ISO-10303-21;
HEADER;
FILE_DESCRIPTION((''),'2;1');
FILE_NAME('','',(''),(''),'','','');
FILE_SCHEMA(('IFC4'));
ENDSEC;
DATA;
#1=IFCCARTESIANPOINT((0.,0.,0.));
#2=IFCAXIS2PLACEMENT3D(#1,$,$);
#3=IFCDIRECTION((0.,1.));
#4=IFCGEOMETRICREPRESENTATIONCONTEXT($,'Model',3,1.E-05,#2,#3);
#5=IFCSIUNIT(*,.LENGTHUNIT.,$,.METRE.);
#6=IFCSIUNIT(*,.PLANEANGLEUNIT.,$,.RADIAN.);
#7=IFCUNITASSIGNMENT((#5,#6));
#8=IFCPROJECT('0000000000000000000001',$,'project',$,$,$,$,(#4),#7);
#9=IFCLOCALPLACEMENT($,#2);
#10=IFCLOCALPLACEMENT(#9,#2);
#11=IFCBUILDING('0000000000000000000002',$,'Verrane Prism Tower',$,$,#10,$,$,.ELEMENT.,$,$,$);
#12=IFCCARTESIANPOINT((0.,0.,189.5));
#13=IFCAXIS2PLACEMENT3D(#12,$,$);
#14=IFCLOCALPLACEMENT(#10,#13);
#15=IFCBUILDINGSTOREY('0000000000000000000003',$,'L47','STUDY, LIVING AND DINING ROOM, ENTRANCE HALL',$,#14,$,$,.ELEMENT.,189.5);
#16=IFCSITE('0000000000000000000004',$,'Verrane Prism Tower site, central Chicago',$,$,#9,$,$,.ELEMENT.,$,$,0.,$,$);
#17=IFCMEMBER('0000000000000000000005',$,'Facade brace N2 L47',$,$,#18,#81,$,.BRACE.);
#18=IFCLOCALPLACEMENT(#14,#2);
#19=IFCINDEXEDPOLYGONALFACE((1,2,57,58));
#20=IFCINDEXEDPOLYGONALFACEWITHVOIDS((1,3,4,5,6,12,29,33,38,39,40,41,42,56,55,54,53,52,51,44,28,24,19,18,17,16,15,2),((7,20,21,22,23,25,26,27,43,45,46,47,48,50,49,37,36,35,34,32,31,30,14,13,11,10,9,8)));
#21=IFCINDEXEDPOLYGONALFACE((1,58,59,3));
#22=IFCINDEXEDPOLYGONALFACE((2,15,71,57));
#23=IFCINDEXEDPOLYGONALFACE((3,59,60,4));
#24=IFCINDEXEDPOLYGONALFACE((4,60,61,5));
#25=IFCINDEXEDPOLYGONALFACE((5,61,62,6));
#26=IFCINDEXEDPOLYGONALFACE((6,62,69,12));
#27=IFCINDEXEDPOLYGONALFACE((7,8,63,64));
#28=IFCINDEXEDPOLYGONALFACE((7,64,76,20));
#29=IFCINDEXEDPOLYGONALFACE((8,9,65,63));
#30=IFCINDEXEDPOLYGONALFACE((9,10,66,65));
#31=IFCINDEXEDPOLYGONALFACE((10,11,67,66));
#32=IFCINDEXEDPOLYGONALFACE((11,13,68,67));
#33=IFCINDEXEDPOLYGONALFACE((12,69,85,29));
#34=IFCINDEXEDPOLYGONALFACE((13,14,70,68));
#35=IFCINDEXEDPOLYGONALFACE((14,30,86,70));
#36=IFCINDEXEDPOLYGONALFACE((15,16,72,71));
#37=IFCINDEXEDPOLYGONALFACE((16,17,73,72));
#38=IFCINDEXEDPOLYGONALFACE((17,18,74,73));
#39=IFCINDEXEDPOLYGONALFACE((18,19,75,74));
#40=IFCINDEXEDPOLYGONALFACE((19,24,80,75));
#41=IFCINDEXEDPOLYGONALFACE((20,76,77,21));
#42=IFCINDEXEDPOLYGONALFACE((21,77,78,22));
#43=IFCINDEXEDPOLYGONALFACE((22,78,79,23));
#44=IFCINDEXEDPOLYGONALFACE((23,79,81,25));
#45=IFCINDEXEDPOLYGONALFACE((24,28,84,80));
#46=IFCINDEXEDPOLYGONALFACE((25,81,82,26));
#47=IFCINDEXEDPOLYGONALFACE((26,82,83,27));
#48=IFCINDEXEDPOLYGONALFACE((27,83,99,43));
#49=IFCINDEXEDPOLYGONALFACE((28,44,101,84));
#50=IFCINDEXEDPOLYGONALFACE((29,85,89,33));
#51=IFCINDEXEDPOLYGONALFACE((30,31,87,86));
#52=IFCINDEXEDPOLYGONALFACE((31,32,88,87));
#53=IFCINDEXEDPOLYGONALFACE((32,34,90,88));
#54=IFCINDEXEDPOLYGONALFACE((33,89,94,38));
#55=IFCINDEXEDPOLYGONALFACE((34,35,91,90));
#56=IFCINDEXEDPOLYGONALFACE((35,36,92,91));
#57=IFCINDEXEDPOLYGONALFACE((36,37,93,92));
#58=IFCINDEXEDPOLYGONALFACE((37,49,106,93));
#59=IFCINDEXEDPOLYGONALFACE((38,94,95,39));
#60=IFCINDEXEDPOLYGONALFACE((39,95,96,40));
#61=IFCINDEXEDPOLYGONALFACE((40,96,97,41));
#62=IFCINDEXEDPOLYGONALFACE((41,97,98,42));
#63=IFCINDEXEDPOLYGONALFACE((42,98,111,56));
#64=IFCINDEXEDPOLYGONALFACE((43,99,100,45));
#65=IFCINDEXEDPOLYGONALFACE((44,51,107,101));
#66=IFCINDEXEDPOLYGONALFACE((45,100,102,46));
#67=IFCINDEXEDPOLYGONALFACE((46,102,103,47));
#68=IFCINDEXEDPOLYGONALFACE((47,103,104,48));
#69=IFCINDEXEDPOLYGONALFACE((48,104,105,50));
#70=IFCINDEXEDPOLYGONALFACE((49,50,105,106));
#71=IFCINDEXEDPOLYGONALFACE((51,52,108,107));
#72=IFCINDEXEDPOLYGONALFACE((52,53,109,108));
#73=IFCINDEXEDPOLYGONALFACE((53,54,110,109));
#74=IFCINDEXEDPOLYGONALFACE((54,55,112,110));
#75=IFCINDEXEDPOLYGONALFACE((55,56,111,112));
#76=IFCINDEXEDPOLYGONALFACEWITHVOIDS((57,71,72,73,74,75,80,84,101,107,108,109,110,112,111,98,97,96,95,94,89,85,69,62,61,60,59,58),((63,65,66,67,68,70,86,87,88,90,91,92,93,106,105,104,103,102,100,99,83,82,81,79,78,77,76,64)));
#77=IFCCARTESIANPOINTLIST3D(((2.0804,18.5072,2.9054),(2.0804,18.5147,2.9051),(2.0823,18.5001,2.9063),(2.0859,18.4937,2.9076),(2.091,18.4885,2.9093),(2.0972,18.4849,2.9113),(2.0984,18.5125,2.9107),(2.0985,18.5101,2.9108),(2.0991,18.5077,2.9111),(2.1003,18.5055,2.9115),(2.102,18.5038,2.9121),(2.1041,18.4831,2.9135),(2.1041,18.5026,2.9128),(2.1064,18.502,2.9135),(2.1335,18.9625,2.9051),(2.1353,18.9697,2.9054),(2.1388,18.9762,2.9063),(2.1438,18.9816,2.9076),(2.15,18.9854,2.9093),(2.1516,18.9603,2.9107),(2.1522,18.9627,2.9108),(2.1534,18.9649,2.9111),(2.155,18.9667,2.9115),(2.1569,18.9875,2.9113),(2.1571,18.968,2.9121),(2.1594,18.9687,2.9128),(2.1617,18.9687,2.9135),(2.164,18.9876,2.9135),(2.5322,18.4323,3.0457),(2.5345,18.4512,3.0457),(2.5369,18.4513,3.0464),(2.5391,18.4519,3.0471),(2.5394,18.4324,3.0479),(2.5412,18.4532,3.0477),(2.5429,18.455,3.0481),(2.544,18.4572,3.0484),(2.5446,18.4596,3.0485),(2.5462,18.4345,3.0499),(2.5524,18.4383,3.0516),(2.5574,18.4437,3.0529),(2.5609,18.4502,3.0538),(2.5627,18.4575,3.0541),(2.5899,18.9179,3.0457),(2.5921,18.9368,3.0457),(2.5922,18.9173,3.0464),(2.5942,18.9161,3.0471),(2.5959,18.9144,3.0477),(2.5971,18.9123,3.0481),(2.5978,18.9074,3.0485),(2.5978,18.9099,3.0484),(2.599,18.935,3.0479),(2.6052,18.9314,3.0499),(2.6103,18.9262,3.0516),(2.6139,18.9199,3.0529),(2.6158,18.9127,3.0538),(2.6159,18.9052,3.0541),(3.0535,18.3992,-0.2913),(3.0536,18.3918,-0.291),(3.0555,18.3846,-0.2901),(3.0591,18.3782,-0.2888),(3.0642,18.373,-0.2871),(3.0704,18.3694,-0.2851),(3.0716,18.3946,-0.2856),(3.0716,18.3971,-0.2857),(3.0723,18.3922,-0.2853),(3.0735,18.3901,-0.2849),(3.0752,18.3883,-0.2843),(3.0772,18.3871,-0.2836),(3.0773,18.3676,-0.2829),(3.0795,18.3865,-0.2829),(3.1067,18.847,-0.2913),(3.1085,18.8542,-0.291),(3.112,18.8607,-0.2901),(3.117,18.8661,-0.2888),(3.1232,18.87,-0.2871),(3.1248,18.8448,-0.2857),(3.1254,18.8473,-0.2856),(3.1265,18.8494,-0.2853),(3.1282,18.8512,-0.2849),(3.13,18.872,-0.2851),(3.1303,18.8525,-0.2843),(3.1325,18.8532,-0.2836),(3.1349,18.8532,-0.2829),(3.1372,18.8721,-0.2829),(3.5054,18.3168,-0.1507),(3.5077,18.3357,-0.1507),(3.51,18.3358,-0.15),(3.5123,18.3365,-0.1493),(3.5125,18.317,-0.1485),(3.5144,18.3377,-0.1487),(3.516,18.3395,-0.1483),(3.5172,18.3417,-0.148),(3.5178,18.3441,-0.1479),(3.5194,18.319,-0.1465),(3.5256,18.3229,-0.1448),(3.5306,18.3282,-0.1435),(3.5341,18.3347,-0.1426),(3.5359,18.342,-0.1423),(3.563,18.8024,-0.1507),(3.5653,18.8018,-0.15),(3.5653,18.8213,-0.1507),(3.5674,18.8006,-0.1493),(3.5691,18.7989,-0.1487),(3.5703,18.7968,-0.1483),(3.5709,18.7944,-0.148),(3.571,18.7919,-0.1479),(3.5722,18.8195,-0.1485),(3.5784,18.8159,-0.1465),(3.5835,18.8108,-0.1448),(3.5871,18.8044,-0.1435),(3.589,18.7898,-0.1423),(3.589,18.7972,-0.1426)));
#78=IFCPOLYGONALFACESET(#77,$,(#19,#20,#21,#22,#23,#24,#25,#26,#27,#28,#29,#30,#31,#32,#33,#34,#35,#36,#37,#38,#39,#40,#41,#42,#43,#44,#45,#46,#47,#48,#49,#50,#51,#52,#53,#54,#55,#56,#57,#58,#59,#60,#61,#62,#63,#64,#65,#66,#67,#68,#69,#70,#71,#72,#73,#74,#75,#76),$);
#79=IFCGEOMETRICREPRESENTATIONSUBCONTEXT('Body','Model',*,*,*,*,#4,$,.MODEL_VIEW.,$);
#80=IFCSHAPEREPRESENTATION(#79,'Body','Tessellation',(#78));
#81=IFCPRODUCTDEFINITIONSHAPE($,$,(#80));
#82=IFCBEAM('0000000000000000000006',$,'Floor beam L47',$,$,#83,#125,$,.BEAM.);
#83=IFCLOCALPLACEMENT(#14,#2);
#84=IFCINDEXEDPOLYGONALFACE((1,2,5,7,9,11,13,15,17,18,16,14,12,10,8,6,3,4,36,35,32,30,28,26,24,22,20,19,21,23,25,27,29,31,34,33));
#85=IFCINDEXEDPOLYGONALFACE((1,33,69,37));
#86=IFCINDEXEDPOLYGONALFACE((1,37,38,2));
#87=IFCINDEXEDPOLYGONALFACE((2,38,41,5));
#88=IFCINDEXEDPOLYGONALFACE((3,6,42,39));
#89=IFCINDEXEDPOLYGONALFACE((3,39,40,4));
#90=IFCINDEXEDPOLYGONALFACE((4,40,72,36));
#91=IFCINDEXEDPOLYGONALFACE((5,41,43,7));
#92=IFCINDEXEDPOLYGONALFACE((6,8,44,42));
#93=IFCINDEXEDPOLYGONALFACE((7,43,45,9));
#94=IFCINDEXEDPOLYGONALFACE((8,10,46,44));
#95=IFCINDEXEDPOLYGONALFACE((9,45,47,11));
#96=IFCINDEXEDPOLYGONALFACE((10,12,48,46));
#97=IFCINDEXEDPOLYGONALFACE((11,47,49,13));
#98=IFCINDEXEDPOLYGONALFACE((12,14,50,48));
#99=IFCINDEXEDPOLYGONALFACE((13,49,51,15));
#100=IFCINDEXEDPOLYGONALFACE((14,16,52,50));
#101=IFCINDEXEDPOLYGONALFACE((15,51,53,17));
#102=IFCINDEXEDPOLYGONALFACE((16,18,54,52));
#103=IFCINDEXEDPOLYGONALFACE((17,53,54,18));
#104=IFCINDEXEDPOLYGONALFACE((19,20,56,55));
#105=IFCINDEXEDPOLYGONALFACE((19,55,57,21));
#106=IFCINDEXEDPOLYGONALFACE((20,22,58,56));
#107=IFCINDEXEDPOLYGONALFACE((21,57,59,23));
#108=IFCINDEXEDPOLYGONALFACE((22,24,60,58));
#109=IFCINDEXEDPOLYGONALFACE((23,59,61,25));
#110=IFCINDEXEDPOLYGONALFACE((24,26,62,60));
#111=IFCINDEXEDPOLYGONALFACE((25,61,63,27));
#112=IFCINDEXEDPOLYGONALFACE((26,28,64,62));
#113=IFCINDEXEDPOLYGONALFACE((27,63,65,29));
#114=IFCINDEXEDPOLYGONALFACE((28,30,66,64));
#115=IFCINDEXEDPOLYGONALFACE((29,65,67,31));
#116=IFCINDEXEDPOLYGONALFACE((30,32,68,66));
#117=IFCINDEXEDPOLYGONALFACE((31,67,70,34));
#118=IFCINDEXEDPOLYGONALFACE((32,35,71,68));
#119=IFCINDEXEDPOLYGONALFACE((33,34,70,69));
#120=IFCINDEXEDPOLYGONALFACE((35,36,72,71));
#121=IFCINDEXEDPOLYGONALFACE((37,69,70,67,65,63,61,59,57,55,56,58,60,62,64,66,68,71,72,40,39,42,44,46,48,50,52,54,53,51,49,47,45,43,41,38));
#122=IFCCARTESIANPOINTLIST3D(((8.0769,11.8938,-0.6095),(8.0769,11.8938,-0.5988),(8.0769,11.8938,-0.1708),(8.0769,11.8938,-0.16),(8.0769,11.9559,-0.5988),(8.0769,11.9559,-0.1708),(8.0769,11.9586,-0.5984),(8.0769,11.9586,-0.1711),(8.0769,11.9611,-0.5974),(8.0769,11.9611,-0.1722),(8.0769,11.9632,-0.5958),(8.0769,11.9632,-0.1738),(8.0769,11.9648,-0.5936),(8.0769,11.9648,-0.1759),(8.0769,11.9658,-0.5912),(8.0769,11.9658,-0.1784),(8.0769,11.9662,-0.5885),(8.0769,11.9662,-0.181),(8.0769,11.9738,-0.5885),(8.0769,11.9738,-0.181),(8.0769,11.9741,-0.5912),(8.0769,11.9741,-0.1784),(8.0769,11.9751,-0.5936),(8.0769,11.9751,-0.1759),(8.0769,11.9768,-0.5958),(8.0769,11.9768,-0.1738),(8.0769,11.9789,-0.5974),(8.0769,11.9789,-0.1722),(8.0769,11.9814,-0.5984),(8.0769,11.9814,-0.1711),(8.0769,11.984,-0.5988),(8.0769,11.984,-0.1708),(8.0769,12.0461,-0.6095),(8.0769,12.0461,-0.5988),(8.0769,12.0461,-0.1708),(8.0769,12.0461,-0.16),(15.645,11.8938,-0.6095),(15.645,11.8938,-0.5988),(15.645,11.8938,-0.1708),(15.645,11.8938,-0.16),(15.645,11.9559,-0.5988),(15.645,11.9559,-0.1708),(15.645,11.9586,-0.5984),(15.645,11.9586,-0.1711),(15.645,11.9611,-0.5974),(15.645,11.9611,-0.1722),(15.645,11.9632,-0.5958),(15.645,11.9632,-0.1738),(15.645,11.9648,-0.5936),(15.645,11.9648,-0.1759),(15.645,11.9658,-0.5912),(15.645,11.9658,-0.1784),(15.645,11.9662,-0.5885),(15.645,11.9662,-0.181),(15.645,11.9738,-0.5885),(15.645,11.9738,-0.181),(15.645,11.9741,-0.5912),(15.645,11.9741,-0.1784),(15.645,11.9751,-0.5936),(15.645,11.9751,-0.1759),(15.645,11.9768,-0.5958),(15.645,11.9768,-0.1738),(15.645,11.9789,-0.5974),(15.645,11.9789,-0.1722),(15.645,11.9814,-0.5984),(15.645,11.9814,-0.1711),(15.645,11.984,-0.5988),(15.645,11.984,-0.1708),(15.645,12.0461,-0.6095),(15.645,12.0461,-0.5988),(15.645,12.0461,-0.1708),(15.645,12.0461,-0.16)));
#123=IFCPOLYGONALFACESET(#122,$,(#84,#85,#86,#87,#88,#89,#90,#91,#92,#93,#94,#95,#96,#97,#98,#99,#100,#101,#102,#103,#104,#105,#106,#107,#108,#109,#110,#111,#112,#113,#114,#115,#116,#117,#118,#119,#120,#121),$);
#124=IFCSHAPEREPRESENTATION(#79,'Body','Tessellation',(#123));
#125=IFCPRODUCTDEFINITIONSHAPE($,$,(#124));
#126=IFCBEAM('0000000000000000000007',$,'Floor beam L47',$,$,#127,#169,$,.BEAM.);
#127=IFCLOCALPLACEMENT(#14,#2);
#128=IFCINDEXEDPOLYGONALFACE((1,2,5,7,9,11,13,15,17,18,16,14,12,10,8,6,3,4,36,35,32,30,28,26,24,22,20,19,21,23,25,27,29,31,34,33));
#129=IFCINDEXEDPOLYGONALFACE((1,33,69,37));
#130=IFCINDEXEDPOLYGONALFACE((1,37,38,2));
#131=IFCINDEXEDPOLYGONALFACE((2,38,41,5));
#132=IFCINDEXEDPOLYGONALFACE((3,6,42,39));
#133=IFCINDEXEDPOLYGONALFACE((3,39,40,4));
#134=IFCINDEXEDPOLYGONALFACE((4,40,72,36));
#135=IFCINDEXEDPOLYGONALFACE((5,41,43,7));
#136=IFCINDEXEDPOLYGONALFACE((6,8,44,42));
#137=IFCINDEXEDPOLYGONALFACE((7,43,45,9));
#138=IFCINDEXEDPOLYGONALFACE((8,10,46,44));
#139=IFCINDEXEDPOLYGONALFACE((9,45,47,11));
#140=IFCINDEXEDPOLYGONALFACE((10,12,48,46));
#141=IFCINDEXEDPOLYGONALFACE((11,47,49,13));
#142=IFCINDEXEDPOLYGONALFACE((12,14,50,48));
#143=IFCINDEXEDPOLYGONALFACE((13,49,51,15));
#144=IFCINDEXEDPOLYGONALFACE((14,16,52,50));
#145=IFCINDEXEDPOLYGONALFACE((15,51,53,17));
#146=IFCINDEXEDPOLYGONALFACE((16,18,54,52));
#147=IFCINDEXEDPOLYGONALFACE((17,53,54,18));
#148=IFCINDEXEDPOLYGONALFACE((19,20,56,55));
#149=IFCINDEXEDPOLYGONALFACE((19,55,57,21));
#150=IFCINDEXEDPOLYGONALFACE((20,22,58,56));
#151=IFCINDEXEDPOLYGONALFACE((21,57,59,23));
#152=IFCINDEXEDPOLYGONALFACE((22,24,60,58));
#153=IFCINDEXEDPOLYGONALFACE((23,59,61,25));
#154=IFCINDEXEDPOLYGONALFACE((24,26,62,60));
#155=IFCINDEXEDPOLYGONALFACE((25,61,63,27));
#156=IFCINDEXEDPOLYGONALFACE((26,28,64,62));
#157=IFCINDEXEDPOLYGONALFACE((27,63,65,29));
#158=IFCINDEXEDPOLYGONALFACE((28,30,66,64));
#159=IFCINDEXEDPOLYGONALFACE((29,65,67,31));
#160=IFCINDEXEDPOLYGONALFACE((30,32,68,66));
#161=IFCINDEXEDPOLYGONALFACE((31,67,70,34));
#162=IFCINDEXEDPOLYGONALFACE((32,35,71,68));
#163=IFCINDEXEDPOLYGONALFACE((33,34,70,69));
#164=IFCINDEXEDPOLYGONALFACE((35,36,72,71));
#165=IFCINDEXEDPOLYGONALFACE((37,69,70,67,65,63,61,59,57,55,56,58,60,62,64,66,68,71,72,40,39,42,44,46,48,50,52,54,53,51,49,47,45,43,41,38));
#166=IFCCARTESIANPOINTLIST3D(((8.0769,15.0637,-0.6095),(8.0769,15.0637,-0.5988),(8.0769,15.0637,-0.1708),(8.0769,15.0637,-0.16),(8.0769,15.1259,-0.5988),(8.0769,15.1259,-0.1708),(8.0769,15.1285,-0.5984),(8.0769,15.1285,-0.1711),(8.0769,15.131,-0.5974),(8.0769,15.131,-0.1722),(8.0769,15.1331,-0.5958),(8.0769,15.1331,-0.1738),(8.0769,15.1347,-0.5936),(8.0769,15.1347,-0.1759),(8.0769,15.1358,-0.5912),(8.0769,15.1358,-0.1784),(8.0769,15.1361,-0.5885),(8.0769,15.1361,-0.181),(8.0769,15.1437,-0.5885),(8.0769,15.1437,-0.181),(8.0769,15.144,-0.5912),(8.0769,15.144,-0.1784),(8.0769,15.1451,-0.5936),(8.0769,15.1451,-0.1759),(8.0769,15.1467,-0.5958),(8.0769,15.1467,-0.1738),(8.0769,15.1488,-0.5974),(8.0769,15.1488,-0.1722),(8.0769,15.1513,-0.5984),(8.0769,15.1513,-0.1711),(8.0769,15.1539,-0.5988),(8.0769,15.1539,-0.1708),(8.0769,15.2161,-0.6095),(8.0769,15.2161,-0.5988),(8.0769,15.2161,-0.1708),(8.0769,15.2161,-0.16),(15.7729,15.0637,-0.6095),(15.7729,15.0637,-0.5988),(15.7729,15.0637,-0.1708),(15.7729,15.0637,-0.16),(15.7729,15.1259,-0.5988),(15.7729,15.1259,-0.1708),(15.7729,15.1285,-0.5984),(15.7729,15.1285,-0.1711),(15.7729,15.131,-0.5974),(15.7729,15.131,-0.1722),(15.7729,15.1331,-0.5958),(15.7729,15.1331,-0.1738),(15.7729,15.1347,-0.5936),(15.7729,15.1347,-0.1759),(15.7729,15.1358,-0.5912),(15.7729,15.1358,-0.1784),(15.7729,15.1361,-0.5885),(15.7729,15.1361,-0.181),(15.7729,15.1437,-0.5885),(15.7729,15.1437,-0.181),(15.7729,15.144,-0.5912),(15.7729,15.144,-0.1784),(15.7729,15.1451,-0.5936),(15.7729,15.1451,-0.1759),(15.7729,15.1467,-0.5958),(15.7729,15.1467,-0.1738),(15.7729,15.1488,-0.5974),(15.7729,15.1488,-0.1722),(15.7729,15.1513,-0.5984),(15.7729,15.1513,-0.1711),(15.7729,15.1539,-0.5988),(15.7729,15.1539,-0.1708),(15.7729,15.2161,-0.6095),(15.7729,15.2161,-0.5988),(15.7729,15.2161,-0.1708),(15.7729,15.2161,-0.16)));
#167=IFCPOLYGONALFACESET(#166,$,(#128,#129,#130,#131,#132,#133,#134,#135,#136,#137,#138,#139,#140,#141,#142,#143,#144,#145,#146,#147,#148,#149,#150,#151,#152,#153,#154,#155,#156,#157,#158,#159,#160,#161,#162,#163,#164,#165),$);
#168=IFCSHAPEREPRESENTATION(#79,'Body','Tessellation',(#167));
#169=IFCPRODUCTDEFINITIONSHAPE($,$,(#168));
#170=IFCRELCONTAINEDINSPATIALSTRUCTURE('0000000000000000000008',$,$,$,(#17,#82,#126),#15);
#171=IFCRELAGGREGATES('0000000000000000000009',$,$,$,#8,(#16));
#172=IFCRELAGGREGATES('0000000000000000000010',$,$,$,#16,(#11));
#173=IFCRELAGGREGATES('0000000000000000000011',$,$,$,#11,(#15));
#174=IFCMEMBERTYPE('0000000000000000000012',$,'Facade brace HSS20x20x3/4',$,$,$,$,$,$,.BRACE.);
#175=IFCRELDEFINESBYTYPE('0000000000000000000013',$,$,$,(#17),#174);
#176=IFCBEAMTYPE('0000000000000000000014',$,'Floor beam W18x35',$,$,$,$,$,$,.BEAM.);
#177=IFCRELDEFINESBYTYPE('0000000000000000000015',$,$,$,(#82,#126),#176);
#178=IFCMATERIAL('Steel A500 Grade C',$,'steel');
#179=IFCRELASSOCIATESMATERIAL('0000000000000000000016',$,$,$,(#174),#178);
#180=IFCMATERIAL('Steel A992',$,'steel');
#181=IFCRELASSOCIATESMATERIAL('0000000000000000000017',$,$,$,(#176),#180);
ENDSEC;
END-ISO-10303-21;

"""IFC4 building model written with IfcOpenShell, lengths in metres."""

from ifc_helpers import new_model, si_unit, direction, frame, origin, origin_2d, place, context, subcontext, project, spatial, hollow_rectangle, i_section, extrude, material, material_profile, profile_set, type_object, element, save


model = new_model("IFC4")

# Units and contexts
model_context = context("Model", 3, precision=1e-05, world=origin(), true_north=direction((0.0, 1.0)))
body_context = subcontext(model_context, "Body", "Model", "MODEL_VIEW")
ifc_project = project(units=[si_unit("LENGTHUNIT", "METRE"), si_unit("PLANEANGLEUNIT", "RADIAN")], contexts=[model_context])

# Site, building, storey
site_placement = place(None, origin())
site = spatial("IfcSite", under=ifc_project, at=site_placement, Name="Verrane Prism Tower site, central Chicago", CompositionType="ELEMENT", RefElevation=0.0)
building_placement = place(site_placement, origin())
building = spatial("IfcBuilding", under=site, at=building_placement, Name="Verrane Prism Tower", CompositionType="ELEMENT")
storey_placement = place(building_placement, frame((0.0, 0.0, 189.5)))
storey = spatial("IfcBuildingStorey", under=building, at=storey_placement, Name="L47", Description="STUDY, LIVING AND DINING ROOM, ENTRANCE HALL", CompositionType="ELEMENT", Elevation=189.5)

# Member
ifc_material_1 = material(Name="Steel A500 Grade C", Category="steel")
ifc_material_profile_1 = material_profile(ifc_material_1, hollow_rectangle(XDim=0.5081, YDim=0.5081, WallThickness=0.019, InnerFilletRadius=0.0095, OuterFilletRadius=0.0286, at=origin_2d()), Name="HSS20x20x3/4")
ifc_profile_set_1 = profile_set([ifc_material_profile_1], Name="Steel A500 Grade C")
member_type_1 = type_object("IfcMemberType", Name="Facade brace HSS20x20x3/4", PredefinedType="BRACE", material=ifc_profile_set_1)
member_1_placement = place(storey_placement, frame((3.3213, 18.5945, -0.2168), z_axis=(-0.291087, 0.034542, 0.956073), x_axis=(-0.117839, -0.993033, 0.0)))
element("IfcMember", 1, at=member_1_placement, inside=storey, type_object=member_type_1, Name="Facade brace N2 L47", PredefinedType="BRACE", context=body_context, shape_type="SweptSolid", body=[
    extrude(hollow_rectangle(XDim=0.5081, YDim=0.5081, WallThickness=0.019, InnerFilletRadius=0.0095, OuterFilletRadius=0.0286, at=origin_2d()), origin(), (0.0, 0.0, 1.0), 3.3433),
])

# Beams
ifc_material_2 = material(Name="Steel A992", Category="steel")
ifc_material_profile_2 = material_profile(ifc_material_2, i_section(OverallWidth=0.1523, OverallDepth=0.4495, WebThickness=0.0076, FlangeThickness=0.0107, FilletRadius=0.0103, at=origin_2d()), Name="W18x35")
ifc_profile_set_2 = profile_set([ifc_material_profile_2], Name="Steel A992")
beam_type_1 = type_object("IfcBeamType", Name="Floor beam W18x35", PredefinedType="BEAM", material=ifc_profile_set_2)
beam_1_placement = place(storey_placement, frame((8.0769, 11.97, -0.3848), z_axis=(1.0, 0.0, 0.0), x_axis=(0.0, 1.0, 0.0)))
element("IfcBeam", 2, at=beam_1_placement, inside=storey, type_object=beam_type_1, Name="Floor beam L47", PredefinedType="BEAM", context=body_context, shape_type="SweptSolid", body=[
    extrude(i_section(OverallWidth=0.1523, OverallDepth=0.4495, WebThickness=0.0076, FlangeThickness=0.0107, FilletRadius=0.0103, at=origin_2d()), origin(), (0.0, 0.0, 1.0), 7.5681),
])
for number, where, z_axis, x_axis, name in (
    (3, (8.0769, 15.1399, -0.3848), (1.0, 0.0, 0.0), (0.0, 1.0, 0.0), "Floor beam L47"),
):
    element("IfcBeam", number, at=place(storey_placement, frame(where, z_axis=z_axis, x_axis=x_axis)), inside=storey, type_object=beam_type_1, Name=name, PredefinedType="BEAM", context=body_context, shape_type="SweptSolid", body=[
        extrude(i_section(OverallWidth=0.1523, OverallDepth=0.4495, WebThickness=0.0076, FlangeThickness=0.0107, FilletRadius=0.0103, at=origin_2d()), origin(), (0.0, 0.0, 1.0), 7.696),
    ])

save(model, "model.ifc")
